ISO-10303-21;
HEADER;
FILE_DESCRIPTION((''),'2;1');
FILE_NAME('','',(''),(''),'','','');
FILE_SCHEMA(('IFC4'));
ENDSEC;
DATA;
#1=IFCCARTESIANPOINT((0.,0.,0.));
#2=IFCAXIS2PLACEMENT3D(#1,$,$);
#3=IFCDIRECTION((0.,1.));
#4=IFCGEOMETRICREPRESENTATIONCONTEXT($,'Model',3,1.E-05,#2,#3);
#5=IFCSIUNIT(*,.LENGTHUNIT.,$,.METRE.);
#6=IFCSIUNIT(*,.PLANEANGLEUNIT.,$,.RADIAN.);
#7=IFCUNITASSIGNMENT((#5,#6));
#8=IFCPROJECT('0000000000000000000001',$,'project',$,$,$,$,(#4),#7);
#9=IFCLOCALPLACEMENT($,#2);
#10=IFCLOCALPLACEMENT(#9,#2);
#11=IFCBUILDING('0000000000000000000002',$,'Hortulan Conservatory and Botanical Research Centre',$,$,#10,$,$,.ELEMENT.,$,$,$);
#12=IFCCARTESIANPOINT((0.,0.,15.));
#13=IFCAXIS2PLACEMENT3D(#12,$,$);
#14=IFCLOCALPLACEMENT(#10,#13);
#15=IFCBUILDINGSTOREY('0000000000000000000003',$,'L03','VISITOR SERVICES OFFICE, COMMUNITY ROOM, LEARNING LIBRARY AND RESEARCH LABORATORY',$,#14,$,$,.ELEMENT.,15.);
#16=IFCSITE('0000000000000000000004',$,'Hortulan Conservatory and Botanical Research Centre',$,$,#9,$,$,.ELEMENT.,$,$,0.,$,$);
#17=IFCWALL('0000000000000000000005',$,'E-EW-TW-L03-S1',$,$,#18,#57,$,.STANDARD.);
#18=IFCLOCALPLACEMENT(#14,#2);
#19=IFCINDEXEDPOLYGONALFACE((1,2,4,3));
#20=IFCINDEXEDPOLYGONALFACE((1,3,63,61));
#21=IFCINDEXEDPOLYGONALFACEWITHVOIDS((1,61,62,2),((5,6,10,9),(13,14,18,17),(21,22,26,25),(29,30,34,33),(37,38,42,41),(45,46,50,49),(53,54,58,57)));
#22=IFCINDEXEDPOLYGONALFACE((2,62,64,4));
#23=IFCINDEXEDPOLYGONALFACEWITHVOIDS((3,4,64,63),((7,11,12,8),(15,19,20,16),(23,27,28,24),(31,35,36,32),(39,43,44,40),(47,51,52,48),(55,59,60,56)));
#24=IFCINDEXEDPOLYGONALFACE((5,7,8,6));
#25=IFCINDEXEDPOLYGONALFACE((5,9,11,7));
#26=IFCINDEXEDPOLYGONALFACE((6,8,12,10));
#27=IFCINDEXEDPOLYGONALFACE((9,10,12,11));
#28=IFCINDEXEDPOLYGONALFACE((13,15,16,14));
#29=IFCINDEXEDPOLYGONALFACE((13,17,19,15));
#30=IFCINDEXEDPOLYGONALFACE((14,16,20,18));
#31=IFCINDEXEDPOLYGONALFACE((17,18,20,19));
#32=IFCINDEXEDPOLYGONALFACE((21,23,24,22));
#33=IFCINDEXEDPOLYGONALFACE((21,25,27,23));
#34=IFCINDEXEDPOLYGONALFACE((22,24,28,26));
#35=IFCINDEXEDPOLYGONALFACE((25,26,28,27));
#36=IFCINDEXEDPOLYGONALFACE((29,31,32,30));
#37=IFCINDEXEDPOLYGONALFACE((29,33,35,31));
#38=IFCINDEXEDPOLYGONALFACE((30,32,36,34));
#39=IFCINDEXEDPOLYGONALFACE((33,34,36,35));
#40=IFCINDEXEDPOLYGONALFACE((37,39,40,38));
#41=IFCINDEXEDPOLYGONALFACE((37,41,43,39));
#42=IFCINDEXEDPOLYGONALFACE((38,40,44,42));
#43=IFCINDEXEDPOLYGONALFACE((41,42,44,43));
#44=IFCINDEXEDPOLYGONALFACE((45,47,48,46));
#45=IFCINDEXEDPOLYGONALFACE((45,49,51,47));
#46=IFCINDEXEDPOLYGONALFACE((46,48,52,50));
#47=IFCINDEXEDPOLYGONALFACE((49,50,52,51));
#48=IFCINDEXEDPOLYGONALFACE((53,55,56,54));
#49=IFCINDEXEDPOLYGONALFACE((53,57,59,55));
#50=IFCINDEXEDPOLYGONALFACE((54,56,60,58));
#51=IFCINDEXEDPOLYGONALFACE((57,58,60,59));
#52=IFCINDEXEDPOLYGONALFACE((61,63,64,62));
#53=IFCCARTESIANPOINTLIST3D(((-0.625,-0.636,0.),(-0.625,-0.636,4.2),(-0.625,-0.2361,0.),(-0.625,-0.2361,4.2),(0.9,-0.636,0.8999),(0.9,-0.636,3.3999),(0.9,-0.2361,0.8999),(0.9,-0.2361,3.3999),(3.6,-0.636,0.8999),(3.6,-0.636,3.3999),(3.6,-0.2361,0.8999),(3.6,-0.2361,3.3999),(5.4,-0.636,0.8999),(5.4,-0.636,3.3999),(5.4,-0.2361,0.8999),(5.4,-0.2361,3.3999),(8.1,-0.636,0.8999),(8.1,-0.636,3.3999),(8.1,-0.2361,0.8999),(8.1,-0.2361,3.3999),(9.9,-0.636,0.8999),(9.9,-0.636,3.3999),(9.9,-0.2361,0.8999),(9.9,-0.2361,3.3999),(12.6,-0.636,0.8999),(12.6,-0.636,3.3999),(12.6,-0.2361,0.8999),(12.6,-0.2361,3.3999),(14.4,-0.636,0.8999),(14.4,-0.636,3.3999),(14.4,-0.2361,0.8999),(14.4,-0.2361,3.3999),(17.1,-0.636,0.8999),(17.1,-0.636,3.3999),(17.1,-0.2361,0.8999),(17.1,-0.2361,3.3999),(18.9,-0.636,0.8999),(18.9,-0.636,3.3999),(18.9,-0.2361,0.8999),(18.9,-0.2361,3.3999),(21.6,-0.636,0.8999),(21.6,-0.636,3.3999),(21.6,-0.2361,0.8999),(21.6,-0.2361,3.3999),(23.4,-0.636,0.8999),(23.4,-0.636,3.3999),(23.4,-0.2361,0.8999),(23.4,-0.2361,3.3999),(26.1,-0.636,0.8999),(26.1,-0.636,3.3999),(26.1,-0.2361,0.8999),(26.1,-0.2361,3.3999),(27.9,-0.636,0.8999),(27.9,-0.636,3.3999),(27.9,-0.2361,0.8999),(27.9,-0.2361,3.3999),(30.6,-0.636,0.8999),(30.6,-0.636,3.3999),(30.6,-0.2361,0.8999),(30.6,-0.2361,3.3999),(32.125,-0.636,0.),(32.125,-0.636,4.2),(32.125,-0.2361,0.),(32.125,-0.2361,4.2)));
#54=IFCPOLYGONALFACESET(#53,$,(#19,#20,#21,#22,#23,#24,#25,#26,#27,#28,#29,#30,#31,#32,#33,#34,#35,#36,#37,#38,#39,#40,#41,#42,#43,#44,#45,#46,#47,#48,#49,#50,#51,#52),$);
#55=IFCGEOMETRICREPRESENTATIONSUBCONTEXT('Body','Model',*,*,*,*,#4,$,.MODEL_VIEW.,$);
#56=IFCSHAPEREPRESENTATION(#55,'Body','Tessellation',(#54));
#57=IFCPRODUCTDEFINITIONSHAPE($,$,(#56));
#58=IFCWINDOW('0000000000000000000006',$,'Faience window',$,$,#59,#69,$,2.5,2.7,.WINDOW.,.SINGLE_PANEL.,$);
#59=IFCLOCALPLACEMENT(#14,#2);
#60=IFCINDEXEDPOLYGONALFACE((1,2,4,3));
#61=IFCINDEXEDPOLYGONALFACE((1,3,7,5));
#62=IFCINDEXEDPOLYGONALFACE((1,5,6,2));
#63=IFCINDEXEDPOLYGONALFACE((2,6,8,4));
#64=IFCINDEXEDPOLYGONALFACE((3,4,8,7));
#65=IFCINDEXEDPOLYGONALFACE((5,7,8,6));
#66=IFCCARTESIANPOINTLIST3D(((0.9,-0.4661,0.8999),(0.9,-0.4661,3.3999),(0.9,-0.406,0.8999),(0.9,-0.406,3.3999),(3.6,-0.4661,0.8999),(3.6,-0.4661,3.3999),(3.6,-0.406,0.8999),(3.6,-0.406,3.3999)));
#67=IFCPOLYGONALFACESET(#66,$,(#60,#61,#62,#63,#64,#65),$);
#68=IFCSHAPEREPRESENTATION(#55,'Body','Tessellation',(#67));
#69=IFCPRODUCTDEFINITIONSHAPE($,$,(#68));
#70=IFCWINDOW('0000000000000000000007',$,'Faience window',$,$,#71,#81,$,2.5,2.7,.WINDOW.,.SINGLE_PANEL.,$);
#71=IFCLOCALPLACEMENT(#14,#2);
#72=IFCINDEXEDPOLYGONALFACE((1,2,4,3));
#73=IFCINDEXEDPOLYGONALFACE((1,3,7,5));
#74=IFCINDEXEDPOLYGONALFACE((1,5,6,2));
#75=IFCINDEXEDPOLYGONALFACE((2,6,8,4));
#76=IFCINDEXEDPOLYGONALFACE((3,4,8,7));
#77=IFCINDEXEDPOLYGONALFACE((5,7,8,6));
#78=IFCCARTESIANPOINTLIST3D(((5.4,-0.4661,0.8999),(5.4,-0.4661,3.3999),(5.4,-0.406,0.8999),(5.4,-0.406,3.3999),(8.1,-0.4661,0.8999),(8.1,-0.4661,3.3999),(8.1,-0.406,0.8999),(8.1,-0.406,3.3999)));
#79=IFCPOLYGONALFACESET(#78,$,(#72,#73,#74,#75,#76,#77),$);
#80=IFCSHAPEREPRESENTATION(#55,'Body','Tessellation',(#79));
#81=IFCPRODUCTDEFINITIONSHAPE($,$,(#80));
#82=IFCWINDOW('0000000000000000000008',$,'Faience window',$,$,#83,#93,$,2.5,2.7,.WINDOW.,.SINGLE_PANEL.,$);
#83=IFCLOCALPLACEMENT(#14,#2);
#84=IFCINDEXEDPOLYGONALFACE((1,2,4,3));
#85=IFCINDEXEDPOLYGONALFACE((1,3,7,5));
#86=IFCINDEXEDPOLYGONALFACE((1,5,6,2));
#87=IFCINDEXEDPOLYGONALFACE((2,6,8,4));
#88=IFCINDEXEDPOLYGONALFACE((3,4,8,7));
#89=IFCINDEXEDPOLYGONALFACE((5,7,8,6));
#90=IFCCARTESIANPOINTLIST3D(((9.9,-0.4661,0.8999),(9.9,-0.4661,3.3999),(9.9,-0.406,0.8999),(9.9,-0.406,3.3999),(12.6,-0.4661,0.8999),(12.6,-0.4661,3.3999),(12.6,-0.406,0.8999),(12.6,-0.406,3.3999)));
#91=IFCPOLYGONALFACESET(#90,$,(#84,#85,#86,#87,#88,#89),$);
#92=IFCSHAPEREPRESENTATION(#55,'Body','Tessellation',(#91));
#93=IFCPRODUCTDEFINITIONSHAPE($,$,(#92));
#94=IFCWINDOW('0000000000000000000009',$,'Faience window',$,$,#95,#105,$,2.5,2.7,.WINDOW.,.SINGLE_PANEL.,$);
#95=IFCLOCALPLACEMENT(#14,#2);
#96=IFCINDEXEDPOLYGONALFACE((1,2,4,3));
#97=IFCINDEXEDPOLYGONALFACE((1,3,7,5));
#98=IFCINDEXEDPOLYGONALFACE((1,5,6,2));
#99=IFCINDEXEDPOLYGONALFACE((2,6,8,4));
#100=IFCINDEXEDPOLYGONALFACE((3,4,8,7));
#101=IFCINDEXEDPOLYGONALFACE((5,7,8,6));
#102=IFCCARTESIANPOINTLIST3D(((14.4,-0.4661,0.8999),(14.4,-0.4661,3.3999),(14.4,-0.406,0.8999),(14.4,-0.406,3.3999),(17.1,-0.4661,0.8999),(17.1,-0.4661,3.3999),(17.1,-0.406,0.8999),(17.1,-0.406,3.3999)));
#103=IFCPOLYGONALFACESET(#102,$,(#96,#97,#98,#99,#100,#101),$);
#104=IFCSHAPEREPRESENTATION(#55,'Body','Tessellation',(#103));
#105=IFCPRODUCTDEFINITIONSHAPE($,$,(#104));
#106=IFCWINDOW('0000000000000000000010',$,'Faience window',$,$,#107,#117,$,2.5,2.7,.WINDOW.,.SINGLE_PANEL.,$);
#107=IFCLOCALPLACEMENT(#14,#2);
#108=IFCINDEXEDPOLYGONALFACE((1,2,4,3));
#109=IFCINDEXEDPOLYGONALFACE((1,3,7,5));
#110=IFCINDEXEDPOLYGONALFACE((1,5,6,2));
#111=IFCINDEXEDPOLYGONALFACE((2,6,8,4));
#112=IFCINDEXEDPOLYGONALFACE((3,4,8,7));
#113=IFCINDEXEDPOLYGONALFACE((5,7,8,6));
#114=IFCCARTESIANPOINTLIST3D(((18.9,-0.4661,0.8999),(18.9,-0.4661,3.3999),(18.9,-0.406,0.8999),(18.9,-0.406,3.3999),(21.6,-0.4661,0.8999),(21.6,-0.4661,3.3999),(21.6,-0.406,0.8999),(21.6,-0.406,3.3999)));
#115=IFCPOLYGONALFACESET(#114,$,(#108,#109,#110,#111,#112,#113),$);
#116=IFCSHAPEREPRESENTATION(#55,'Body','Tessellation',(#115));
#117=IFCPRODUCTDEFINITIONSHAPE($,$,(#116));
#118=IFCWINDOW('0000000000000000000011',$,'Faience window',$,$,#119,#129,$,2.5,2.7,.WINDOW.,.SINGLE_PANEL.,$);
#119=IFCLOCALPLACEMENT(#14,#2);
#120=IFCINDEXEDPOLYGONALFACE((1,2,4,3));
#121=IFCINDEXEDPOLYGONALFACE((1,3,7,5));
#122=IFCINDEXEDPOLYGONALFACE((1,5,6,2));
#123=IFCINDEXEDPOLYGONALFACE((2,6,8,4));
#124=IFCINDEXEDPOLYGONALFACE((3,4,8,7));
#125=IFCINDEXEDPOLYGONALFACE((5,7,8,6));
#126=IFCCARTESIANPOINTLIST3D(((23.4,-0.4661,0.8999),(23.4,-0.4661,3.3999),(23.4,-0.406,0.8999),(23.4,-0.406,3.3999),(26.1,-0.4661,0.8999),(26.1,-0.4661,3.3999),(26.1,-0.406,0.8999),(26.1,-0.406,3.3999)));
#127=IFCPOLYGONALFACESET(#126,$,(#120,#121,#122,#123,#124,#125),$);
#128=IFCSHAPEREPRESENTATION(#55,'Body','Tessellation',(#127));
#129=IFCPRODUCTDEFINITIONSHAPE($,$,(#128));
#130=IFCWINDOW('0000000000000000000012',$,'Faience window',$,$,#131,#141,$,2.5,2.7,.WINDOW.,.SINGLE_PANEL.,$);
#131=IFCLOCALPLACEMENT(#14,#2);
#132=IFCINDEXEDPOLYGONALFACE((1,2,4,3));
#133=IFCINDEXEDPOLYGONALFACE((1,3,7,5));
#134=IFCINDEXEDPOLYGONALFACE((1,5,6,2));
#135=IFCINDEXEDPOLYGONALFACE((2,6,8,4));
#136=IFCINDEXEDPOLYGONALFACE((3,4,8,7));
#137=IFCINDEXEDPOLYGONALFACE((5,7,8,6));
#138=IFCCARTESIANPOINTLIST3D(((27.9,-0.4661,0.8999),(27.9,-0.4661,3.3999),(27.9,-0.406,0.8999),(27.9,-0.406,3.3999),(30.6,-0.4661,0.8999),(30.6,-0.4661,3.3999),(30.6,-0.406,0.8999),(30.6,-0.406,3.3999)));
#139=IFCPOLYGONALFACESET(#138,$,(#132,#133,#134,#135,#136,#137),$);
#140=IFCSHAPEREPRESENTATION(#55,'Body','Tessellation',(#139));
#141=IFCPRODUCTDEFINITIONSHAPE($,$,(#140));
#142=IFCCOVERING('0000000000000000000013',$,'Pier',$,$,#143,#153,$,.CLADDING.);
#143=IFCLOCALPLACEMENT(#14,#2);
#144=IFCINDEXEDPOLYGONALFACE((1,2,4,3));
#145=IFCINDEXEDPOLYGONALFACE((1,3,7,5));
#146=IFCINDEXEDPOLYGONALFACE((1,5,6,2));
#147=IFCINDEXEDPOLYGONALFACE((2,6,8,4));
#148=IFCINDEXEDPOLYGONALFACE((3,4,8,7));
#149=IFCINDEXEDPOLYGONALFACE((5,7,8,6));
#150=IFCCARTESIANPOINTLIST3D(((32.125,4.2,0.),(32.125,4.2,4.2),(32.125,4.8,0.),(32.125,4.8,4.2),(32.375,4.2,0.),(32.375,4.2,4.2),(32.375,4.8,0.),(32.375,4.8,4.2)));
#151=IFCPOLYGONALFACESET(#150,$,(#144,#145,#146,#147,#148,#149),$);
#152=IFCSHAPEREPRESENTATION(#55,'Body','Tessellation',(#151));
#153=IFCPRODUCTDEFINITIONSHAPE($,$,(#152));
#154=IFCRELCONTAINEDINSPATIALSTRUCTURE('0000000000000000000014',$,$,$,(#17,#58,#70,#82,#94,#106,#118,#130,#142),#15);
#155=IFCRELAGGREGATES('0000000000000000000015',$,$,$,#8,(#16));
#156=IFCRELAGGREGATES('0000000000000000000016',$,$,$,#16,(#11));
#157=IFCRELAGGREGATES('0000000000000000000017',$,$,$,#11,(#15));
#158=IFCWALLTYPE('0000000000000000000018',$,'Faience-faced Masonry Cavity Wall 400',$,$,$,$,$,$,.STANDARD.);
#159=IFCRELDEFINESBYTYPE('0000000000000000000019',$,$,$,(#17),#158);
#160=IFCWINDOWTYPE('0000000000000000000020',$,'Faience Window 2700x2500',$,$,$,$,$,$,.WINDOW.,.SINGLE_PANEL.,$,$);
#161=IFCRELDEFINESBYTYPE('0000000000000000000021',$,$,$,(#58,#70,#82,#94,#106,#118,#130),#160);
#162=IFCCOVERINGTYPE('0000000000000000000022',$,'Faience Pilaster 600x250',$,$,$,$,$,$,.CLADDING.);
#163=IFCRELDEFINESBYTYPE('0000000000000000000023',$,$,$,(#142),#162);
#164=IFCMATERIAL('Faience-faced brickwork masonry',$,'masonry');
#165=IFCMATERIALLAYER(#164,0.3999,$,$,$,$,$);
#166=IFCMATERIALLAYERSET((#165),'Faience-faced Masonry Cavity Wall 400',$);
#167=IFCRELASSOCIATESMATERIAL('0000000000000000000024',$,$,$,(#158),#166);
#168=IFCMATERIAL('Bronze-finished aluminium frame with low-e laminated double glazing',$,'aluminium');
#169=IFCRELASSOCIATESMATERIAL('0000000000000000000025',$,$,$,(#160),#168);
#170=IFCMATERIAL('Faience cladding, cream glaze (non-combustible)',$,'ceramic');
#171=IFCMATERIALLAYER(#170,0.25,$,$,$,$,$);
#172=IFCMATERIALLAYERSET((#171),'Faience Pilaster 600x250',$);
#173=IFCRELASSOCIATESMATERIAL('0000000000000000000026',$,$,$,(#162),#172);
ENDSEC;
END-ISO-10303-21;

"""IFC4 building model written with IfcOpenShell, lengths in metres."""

from ifc_helpers import new_model, si_unit, direction, frame, frame_2d, origin, origin_2d, place, context, subcontext, project, spatial, rectangle, extrude, material, layer, layer_set, type_object, element, fill, save


model = new_model("IFC4")

# Units and contexts
model_context = context("Model", 3, precision=1e-05, world=origin(), true_north=direction((0.0, 1.0)))
body_context = subcontext(model_context, "Body", "Model", "MODEL_VIEW")
ifc_project = project(units=[si_unit("LENGTHUNIT", "METRE"), si_unit("PLANEANGLEUNIT", "RADIAN")], contexts=[model_context])

# Site, building, storey
site_placement = place(None, origin())
site = spatial("IfcSite", under=ifc_project, at=site_placement, Name="Hortulan Conservatory and Botanical Research Centre", CompositionType="ELEMENT", RefElevation=0.0)
building_placement = place(site_placement, origin())
building = spatial("IfcBuilding", under=site, at=building_placement, Name="Hortulan Conservatory and Botanical Research Centre", CompositionType="ELEMENT")
storey_placement = place(building_placement, frame((0.0, 0.0, 15.0)))
storey = spatial("IfcBuildingStorey", under=building, at=storey_placement, Name="L03", Description="VISITOR SERVICES OFFICE, COMMUNITY ROOM, LEARNING LIBRARY AND RESEARCH LABORATORY", CompositionType="ELEMENT", Elevation=15.0)

# Wall, openings, windows
ifc_material_1 = material(Name="Faience-faced brickwork masonry", Category="masonry")
ifc_layer_1 = layer(ifc_material_1, 0.3999)
ifc_layer_set_1 = layer_set([ifc_layer_1], Name="Faience-faced Masonry Cavity Wall 400")
wall_type = type_object("IfcWallType", Name="Faience-faced Masonry Cavity Wall 400", PredefinedType="STANDARD", material=ifc_layer_set_1)
wall_placement = place(storey_placement, frame((32.125, -0.436, 0.0), z_axis=(0.0, 0.0, 1.0), x_axis=(-1.0, 0.0, 0.0)))
wall = element("IfcWall", 1, at=wall_placement, inside=storey, type_object=wall_type, Name="E-EW-TW-L03-S1", PredefinedType="STANDARD", context=body_context, shape_type="SweptSolid", body=[
    extrude(rectangle(XDim=32.75, YDim=0.3999, at=frame_2d((16.375, 0.0))), origin(), (0.0, 0.0, 1.0), 4.2),
])
opening_1_placement = place(wall_placement, frame((28.5249, 0.0, 0.8999)))
opening_1 = element("IfcOpeningElement", 2, at=opening_1_placement, cuts=wall, PredefinedType="OPENING", context=body_context, shape_type="SweptSolid", body=[
    extrude(rectangle(XDim=2.7, YDim=2.5, at=frame_2d((1.3501, 1.25))), frame((0.0, 0.21, 0.0), z_axis=(0.0, -1.0, 0.0), x_axis=(1.0, 0.0, 0.0)), (0.0, 0.0, 1.0), 0.4199),
])
opening_2_placement = place(wall_placement, frame((24.0249, 0.0, 0.8999)))
opening_2 = element("IfcOpeningElement", 3, at=opening_2_placement, cuts=wall, PredefinedType="OPENING", context=body_context, shape_type="SweptSolid", body=[
    extrude(rectangle(XDim=2.7, YDim=2.5, at=frame_2d((1.3501, 1.25))), frame((0.0, 0.21, 0.0), z_axis=(0.0, -1.0, 0.0), x_axis=(1.0, 0.0, 0.0)), (0.0, 0.0, 1.0), 0.4199),
])
opening_3_placement = place(wall_placement, frame((19.5249, 0.0, 0.8999)))
opening_3 = element("IfcOpeningElement", 4, at=opening_3_placement, cuts=wall, PredefinedType="OPENING", context=body_context, shape_type="SweptSolid", body=[
    extrude(rectangle(XDim=2.7, YDim=2.5, at=frame_2d((1.3501, 1.25))), frame((0.0, 0.21, 0.0), z_axis=(0.0, -1.0, 0.0), x_axis=(1.0, 0.0, 0.0)), (0.0, 0.0, 1.0), 0.4199),
])
opening_4_placement = place(wall_placement, frame((15.0249, 0.0, 0.8999)))
opening_4 = element("IfcOpeningElement", 5, at=opening_4_placement, cuts=wall, PredefinedType="OPENING", context=body_context, shape_type="SweptSolid", body=[
    extrude(rectangle(XDim=2.7, YDim=2.5, at=frame_2d((1.3501, 1.25))), frame((0.0, 0.21, 0.0), z_axis=(0.0, -1.0, 0.0), x_axis=(1.0, 0.0, 0.0)), (0.0, 0.0, 1.0), 0.4199),
])
opening_5_placement = place(wall_placement, frame((10.5249, 0.0, 0.8999)))
opening_5 = element("IfcOpeningElement", 6, at=opening_5_placement, cuts=wall, PredefinedType="OPENING", context=body_context, shape_type="SweptSolid", body=[
    extrude(rectangle(XDim=2.7, YDim=2.5, at=frame_2d((1.3501, 1.25))), frame((0.0, 0.21, 0.0), z_axis=(0.0, -1.0, 0.0), x_axis=(1.0, 0.0, 0.0)), (0.0, 0.0, 1.0), 0.4199),
])
opening_6_placement = place(wall_placement, frame((6.0249, 0.0, 0.8999)))
opening_6 = element("IfcOpeningElement", 7, at=opening_6_placement, cuts=wall, PredefinedType="OPENING", context=body_context, shape_type="SweptSolid", body=[
    extrude(rectangle(XDim=2.7, YDim=2.5, at=frame_2d((1.3501, 1.25))), frame((0.0, 0.21, 0.0), z_axis=(0.0, -1.0, 0.0), x_axis=(1.0, 0.0, 0.0)), (0.0, 0.0, 1.0), 0.4199),
])
opening_7_placement = place(wall_placement, frame((1.5249, 0.0, 0.8999)))
opening_7 = element("IfcOpeningElement", 8, at=opening_7_placement, cuts=wall, PredefinedType="OPENING", context=body_context, shape_type="SweptSolid", body=[
    extrude(rectangle(XDim=2.7, YDim=2.5, at=frame_2d((1.3501, 1.25))), frame((0.0, 0.21, 0.0), z_axis=(0.0, -1.0, 0.0), x_axis=(1.0, 0.0, 0.0)), (0.0, 0.0, 1.0), 0.4199),
])
ifc_material_2 = material(Name="Bronze-finished aluminium frame with low-e laminated double glazing", Category="aluminium")
window_type = type_object("IfcWindowType", Name="Faience Window 2700x2500", PartitioningType="SINGLE_PANEL", PredefinedType="WINDOW", material=ifc_material_2)
window_1_placement = place(opening_1_placement, origin())
window_1 = element("IfcWindow", 9, at=window_1_placement, inside=storey, type_object=window_type, Name="Faience window", OverallHeight=2.5, OverallWidth=2.7, PartitioningType="SINGLE_PANEL", PredefinedType="WINDOW", context=body_context, shape_type="SweptSolid", body=[
    extrude(rectangle(XDim=2.7, YDim=2.5, at=frame_2d((1.3501, 1.25))), frame((0.0, 0.03, 0.0), z_axis=(0.0, -1.0, 0.0), x_axis=(1.0, 0.0, 0.0)), (0.0, 0.0, 1.0), 0.0601),
])
fill(opening_1, window_1)
window_2_placement = place(opening_2_placement, origin())
window_2 = element("IfcWindow", 10, at=window_2_placement, inside=storey, type_object=window_type, Name="Faience window", OverallHeight=2.5, OverallWidth=2.7, PartitioningType="SINGLE_PANEL", PredefinedType="WINDOW", context=body_context, shape_type="SweptSolid", body=[
    extrude(rectangle(XDim=2.7, YDim=2.5, at=frame_2d((1.3501, 1.25))), frame((0.0, 0.03, 0.0), z_axis=(0.0, -1.0, 0.0), x_axis=(1.0, 0.0, 0.0)), (0.0, 0.0, 1.0), 0.0601),
])
fill(opening_2, window_2)
window_3_placement = place(opening_3_placement, origin())
window_3 = element("IfcWindow", 11, at=window_3_placement, inside=storey, type_object=window_type, Name="Faience window", OverallHeight=2.5, OverallWidth=2.7, PartitioningType="SINGLE_PANEL", PredefinedType="WINDOW", context=body_context, shape_type="SweptSolid", body=[
    extrude(rectangle(XDim=2.7, YDim=2.5, at=frame_2d((1.3501, 1.25))), frame((0.0, 0.03, 0.0), z_axis=(0.0, -1.0, 0.0), x_axis=(1.0, 0.0, 0.0)), (0.0, 0.0, 1.0), 0.0601),
])
fill(opening_3, window_3)
window_4_placement = place(opening_4_placement, origin())
window_4 = element("IfcWindow", 12, at=window_4_placement, inside=storey, type_object=window_type, Name="Faience window", OverallHeight=2.5, OverallWidth=2.7, PartitioningType="SINGLE_PANEL", PredefinedType="WINDOW", context=body_context, shape_type="SweptSolid", body=[
    extrude(rectangle(XDim=2.7, YDim=2.5, at=frame_2d((1.3501, 1.25))), frame((0.0, 0.03, 0.0), z_axis=(0.0, -1.0, 0.0), x_axis=(1.0, 0.0, 0.0)), (0.0, 0.0, 1.0), 0.0601),
])
fill(opening_4, window_4)
window_5_placement = place(opening_5_placement, origin())
window_5 = element("IfcWindow", 13, at=window_5_placement, inside=storey, type_object=window_type, Name="Faience window", OverallHeight=2.5, OverallWidth=2.7, PartitioningType="SINGLE_PANEL", PredefinedType="WINDOW", context=body_context, shape_type="SweptSolid", body=[
    extrude(rectangle(XDim=2.7, YDim=2.5, at=frame_2d((1.3501, 1.25))), frame((0.0, 0.03, 0.0), z_axis=(0.0, -1.0, 0.0), x_axis=(1.0, 0.0, 0.0)), (0.0, 0.0, 1.0), 0.0601),
])
fill(opening_5, window_5)
window_6_placement = place(opening_6_placement, origin())
window_6 = element("IfcWindow", 14, at=window_6_placement, inside=storey, type_object=window_type, Name="Faience window", OverallHeight=2.5, OverallWidth=2.7, PartitioningType="SINGLE_PANEL", PredefinedType="WINDOW", context=body_context, shape_type="SweptSolid", body=[
    extrude(rectangle(XDim=2.7, YDim=2.5, at=frame_2d((1.3501, 1.25))), frame((0.0, 0.03, 0.0), z_axis=(0.0, -1.0, 0.0), x_axis=(1.0, 0.0, 0.0)), (0.0, 0.0, 1.0), 0.0601),
])
fill(opening_6, window_6)
window_7_placement = place(opening_7_placement, origin())
window_7 = element("IfcWindow", 15, at=window_7_placement, inside=storey, type_object=window_type, Name="Faience window", OverallHeight=2.5, OverallWidth=2.7, PartitioningType="SINGLE_PANEL", PredefinedType="WINDOW", context=body_context, shape_type="SweptSolid", body=[
    extrude(rectangle(XDim=2.7, YDim=2.5, at=frame_2d((1.3501, 1.25))), frame((0.0, 0.03, 0.0), z_axis=(0.0, -1.0, 0.0), x_axis=(1.0, 0.0, 0.0)), (0.0, 0.0, 1.0), 0.0601),
])
fill(opening_7, window_7)

# Covering
ifc_material_3 = material(Name="Faience cladding, cream glaze (non-combustible)", Category="ceramic")
ifc_layer_2 = layer(ifc_material_3, 0.25)
ifc_layer_set_2 = layer_set([ifc_layer_2], Name="Faience Pilaster 600x250")
covering_type = type_object("IfcCoveringType", Name="Faience Pilaster 600x250", PredefinedType="CLADDING", material=ifc_layer_set_2)
covering_placement = place(storey_placement, frame((32.25, 4.5, 0.0), z_axis=(0.0, 0.0, 1.0), x_axis=(0.0, 1.0, 0.0)))
element("IfcCovering", 16, at=covering_placement, inside=storey, type_object=covering_type, Name="Pier", PredefinedType="CLADDING", context=body_context, shape_type="SweptSolid", body=[
    extrude(rectangle(XDim=0.6001, YDim=0.25, at=origin_2d()), origin(), (0.0, 0.0, 1.0), 4.2),
])

save(model, "model.ifc")
